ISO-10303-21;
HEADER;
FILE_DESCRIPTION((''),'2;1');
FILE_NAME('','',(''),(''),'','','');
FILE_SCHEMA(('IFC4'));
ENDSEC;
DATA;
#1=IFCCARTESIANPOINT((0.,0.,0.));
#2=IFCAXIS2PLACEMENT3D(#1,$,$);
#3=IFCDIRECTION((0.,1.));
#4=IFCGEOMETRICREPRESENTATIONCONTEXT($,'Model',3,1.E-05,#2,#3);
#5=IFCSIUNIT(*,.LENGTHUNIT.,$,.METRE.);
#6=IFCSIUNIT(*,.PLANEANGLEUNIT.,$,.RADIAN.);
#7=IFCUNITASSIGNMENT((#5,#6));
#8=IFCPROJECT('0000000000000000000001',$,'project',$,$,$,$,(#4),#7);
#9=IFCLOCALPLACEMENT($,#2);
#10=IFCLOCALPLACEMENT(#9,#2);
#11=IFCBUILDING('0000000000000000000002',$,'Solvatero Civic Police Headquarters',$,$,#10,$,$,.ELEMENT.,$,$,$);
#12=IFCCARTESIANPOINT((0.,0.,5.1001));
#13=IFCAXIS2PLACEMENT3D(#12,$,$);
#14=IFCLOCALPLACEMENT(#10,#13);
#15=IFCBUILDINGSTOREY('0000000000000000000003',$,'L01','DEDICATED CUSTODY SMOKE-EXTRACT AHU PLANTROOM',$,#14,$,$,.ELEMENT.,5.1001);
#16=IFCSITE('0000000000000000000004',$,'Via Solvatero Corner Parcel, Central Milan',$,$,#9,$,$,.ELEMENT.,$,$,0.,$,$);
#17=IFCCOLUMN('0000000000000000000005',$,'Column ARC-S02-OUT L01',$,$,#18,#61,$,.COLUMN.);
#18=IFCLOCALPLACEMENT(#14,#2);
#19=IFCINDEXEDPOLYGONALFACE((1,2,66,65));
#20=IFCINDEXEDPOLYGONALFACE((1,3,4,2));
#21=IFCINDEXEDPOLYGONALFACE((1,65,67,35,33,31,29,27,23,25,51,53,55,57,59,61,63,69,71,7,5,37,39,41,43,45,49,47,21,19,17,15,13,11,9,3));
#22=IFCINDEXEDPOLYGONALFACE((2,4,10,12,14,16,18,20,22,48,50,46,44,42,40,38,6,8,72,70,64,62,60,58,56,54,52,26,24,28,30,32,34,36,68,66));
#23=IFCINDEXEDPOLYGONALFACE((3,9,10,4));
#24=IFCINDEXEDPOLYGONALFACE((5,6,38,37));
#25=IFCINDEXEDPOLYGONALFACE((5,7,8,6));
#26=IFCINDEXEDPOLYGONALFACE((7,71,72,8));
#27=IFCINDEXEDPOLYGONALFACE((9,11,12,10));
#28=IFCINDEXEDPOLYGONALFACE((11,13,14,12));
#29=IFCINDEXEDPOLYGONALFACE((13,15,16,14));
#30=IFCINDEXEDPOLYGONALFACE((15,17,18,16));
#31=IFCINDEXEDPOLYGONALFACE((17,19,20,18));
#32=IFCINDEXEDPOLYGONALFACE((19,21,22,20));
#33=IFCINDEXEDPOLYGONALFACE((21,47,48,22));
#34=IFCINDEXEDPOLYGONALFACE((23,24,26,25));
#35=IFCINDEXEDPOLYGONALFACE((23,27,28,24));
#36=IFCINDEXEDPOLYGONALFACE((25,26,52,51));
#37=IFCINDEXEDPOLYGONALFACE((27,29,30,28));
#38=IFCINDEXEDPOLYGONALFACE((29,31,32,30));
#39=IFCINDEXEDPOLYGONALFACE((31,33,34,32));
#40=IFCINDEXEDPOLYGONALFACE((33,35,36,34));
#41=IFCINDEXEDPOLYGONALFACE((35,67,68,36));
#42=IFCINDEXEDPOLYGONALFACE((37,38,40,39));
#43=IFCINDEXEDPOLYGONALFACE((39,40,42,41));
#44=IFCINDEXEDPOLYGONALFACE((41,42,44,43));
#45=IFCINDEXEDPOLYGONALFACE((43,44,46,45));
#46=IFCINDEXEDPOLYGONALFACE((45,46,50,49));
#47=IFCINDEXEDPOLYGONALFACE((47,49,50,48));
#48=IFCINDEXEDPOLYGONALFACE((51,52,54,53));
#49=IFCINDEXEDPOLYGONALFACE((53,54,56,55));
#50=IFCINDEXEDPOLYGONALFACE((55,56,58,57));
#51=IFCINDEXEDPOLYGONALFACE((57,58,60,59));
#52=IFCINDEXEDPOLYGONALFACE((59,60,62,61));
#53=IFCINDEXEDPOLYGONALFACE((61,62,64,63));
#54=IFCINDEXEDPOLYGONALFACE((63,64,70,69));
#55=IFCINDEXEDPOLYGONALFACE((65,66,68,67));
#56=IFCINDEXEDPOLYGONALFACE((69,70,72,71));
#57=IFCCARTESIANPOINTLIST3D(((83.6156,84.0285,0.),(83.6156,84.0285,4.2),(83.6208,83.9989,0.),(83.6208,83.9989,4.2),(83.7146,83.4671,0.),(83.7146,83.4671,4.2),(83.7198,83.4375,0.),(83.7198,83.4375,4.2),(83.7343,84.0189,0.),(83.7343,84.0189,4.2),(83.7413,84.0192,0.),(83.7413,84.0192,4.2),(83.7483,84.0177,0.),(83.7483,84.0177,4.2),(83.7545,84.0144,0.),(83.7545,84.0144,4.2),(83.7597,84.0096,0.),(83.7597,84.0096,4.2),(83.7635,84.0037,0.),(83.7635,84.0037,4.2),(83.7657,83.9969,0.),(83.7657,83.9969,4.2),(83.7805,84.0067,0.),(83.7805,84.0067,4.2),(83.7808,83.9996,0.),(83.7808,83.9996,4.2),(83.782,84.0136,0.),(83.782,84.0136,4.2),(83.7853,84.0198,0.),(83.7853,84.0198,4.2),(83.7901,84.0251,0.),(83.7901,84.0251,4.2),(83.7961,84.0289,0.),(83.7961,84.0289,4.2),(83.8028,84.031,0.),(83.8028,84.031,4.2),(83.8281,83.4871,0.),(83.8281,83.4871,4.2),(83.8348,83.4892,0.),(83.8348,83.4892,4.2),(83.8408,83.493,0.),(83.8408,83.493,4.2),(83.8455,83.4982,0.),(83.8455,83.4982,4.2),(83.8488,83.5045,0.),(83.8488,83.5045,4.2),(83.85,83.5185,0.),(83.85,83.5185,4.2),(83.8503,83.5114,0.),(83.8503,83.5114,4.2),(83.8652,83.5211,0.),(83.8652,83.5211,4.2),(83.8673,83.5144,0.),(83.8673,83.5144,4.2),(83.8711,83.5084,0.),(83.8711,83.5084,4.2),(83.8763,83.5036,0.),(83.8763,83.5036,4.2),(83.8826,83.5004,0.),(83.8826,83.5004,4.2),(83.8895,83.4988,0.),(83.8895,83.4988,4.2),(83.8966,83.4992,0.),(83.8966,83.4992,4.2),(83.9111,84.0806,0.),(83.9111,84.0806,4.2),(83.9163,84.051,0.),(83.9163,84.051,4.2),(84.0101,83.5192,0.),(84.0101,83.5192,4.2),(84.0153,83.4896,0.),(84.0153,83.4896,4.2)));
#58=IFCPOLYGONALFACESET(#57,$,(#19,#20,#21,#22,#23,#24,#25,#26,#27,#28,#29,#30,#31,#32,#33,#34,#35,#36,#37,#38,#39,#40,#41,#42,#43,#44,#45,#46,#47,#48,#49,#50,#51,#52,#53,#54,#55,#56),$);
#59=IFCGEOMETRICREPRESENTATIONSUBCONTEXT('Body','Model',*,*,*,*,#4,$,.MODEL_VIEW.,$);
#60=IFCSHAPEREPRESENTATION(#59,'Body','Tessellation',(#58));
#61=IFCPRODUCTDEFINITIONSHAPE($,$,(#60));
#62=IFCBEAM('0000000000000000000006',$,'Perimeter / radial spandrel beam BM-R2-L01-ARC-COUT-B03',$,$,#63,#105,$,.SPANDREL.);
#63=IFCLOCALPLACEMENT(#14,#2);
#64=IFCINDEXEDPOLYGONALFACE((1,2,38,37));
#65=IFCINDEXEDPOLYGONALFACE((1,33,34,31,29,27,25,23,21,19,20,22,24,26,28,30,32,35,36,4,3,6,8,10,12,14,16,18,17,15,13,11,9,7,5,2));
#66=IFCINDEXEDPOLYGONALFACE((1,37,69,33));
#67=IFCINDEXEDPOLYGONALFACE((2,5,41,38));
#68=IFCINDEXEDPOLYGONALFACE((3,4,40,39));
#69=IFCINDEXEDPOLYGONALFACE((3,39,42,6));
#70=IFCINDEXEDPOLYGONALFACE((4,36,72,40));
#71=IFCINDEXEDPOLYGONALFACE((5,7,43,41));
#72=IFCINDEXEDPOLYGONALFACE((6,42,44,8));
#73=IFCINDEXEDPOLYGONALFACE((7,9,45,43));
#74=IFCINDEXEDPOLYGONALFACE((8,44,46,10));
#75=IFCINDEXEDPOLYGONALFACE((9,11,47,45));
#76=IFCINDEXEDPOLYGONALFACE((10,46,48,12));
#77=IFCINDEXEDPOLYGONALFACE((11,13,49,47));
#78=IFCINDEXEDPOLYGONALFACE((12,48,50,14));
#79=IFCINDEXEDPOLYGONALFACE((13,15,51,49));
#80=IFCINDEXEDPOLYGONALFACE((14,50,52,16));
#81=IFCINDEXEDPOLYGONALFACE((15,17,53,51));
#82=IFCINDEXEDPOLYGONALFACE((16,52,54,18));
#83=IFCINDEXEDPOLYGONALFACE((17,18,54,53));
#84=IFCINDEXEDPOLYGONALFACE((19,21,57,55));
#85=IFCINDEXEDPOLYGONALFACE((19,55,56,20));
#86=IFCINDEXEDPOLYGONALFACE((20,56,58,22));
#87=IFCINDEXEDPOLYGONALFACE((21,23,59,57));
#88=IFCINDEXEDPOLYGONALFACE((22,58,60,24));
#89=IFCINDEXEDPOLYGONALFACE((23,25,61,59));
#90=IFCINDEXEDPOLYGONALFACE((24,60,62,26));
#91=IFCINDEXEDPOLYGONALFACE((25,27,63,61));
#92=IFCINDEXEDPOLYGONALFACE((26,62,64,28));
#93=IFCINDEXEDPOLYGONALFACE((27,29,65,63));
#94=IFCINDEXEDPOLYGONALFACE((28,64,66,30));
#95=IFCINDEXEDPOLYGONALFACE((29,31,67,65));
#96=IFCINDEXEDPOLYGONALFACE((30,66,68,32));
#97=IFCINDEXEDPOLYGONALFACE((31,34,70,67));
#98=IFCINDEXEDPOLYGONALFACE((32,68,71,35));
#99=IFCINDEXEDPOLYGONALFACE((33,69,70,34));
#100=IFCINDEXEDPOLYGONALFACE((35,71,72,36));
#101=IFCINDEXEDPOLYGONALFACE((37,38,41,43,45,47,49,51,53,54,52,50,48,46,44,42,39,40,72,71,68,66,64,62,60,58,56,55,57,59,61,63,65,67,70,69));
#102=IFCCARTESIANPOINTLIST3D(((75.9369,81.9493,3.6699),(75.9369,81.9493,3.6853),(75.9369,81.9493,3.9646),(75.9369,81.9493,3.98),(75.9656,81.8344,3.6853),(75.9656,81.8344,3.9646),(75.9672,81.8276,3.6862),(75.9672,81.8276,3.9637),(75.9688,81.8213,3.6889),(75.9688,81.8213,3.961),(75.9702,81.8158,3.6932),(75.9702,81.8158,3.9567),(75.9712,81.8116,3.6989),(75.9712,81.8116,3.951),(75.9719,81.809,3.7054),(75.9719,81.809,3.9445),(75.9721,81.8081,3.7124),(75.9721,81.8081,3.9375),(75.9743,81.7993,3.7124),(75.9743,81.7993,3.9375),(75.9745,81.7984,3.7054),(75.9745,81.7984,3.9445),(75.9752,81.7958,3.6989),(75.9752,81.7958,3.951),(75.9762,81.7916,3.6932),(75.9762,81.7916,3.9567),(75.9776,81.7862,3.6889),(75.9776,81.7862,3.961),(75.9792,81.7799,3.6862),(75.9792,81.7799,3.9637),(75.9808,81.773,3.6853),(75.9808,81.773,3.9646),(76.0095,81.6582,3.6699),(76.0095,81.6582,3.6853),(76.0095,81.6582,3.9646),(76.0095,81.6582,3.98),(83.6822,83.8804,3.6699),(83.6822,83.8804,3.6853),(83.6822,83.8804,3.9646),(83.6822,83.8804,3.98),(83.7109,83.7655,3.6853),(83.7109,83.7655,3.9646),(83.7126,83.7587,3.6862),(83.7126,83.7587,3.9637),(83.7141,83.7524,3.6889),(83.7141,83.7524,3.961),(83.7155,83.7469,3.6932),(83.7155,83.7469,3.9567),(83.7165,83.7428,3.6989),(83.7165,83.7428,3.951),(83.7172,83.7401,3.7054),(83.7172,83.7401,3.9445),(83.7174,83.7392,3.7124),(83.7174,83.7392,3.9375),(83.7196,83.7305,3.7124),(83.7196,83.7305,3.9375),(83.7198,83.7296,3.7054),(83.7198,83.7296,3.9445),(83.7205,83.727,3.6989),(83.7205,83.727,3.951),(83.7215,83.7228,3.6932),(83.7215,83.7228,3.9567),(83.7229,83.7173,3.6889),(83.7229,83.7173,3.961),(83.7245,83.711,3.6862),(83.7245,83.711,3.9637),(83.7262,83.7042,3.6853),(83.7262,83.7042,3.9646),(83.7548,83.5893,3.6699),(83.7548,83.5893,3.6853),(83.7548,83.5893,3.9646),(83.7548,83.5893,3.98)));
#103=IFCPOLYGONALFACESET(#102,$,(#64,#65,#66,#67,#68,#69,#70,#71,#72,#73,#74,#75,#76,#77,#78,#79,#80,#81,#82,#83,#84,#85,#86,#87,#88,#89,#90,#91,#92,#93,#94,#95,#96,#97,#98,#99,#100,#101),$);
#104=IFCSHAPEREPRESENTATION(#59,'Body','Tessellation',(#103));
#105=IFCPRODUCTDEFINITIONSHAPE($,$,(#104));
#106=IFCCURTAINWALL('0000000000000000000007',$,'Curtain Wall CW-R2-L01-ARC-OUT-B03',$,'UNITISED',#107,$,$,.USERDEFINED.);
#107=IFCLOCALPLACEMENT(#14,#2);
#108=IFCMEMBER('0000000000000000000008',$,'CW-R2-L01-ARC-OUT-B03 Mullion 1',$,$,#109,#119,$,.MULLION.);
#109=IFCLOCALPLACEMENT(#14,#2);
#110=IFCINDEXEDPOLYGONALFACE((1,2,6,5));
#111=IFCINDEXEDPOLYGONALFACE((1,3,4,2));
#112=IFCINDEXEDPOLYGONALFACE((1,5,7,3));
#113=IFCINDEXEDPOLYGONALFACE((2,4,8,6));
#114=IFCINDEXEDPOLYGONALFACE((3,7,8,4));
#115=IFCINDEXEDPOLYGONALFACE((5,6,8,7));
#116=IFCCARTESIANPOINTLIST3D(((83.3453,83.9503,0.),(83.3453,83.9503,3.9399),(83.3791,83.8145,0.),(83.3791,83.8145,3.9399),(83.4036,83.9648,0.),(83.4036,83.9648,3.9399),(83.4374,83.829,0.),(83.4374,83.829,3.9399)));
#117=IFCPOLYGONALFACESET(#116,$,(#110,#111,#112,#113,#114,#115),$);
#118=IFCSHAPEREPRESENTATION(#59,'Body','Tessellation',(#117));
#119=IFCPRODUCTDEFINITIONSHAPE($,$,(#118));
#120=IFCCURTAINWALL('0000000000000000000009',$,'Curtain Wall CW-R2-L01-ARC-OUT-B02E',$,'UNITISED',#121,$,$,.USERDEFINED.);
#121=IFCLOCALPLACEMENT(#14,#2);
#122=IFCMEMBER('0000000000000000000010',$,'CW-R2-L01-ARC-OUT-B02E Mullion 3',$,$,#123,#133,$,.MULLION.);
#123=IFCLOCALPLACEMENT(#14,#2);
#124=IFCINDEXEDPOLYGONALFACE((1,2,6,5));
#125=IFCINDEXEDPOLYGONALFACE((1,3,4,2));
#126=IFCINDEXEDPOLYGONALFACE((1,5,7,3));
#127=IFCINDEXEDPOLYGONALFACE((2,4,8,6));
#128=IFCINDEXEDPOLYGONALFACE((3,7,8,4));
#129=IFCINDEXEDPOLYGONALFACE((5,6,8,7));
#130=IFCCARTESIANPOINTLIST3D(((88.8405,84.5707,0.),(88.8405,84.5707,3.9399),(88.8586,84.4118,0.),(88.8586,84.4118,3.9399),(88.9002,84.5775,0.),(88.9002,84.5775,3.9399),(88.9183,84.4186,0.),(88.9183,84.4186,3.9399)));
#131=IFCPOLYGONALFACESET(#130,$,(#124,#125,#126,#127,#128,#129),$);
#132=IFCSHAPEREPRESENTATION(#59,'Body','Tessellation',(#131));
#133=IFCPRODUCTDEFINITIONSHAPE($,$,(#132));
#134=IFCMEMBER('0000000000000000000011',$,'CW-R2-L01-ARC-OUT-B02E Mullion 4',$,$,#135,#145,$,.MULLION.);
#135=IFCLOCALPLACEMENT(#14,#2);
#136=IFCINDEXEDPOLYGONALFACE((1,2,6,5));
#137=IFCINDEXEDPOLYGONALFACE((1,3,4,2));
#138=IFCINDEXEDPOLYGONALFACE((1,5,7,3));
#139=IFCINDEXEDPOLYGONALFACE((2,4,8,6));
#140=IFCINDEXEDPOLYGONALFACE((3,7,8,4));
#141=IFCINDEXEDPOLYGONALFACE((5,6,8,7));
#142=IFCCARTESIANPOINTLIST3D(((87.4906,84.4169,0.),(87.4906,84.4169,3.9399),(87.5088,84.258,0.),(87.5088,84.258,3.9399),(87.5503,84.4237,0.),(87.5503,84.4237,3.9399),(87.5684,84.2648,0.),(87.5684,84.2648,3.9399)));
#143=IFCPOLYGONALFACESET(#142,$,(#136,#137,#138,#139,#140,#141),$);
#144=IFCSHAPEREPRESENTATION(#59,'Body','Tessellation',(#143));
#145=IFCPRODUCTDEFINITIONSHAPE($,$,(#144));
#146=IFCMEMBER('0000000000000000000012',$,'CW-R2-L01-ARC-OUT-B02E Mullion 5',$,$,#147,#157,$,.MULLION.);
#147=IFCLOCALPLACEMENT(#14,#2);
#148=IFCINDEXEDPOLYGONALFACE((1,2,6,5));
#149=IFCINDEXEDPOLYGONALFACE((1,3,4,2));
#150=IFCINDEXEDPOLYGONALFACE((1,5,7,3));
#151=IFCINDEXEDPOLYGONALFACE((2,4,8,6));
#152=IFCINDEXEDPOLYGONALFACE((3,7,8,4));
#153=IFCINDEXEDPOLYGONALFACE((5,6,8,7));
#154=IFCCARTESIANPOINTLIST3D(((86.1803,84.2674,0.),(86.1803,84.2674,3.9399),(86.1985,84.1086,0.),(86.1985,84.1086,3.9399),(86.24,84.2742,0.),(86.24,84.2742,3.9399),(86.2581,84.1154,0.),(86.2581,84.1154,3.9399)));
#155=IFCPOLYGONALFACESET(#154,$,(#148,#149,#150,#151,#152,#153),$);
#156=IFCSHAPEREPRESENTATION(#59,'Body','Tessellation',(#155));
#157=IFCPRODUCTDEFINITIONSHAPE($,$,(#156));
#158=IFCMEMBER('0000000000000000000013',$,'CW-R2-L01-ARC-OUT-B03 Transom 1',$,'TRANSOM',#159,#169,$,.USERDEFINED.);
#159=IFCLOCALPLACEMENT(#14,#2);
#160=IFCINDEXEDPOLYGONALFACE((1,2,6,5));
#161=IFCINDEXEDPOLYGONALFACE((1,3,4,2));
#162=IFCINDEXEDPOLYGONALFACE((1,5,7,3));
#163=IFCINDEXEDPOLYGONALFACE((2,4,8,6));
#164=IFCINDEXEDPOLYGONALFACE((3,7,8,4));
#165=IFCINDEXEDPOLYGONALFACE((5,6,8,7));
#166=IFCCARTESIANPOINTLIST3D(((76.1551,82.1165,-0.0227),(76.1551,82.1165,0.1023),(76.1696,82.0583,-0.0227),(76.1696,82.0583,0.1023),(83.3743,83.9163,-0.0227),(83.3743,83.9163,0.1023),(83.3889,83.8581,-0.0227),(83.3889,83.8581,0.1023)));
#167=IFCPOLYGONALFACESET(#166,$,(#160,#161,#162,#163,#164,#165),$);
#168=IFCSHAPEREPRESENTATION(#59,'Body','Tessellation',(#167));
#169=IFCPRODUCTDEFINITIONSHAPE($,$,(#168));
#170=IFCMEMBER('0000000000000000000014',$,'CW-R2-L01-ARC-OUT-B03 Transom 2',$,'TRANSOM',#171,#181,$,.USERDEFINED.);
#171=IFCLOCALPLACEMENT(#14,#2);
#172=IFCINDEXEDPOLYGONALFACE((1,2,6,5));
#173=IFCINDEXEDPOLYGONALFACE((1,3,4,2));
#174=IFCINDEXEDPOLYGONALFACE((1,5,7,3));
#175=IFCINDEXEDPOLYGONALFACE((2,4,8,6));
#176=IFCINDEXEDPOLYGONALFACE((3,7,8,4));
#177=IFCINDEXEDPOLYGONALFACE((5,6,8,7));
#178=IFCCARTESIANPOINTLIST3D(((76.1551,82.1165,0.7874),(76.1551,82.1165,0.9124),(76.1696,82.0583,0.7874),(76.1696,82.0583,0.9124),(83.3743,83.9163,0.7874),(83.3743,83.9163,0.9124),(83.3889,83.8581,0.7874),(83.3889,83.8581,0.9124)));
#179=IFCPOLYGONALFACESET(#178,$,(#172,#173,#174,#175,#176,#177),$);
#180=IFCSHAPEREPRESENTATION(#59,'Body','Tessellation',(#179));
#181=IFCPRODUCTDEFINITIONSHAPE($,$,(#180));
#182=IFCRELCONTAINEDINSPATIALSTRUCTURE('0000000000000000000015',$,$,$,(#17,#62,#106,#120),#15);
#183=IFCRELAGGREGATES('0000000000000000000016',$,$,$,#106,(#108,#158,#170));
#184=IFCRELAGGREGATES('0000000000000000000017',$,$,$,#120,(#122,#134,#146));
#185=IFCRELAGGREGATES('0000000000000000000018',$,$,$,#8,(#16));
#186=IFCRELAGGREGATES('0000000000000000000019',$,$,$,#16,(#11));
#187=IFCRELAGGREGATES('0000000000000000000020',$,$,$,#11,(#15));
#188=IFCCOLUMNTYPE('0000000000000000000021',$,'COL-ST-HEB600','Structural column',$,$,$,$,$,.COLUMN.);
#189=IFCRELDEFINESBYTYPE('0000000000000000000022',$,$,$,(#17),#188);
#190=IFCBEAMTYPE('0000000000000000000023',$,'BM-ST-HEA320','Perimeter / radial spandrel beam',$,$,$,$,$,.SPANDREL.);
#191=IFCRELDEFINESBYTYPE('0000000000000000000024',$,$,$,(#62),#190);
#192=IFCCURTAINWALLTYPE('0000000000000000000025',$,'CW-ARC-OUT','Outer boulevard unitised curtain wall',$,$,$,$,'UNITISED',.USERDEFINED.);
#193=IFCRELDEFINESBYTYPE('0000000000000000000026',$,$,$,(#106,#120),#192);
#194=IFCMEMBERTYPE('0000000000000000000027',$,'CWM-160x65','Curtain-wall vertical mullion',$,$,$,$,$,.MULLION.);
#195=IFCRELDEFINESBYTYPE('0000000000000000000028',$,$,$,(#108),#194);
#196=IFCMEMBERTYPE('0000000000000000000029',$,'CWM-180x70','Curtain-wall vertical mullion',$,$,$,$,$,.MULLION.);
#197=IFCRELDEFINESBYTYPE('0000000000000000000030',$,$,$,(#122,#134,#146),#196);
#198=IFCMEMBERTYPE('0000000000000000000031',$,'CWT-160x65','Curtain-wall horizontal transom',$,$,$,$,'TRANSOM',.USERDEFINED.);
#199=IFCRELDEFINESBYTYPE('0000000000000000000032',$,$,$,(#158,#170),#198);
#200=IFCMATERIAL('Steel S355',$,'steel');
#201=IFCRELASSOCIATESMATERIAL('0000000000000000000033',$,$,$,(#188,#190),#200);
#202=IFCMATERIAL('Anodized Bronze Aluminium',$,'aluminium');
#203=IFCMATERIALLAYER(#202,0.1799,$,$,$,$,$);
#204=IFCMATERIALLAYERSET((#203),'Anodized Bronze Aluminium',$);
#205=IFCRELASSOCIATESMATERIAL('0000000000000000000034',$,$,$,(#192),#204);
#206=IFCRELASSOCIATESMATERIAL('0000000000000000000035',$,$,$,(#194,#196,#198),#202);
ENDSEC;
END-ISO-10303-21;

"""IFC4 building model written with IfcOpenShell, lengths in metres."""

from ifc_helpers import new_model, si_unit, direction, frame, origin, origin_2d, place, context, subcontext, project, spatial, rectangle, i_section, extrude, material, layer, layer_set, material_profile, profile_set, type_object, element, aggregate, save


model = new_model("IFC4")

# Units and contexts
model_context = context("Model", 3, precision=1e-05, world=origin(), true_north=direction((0.0, 1.0)))
body_context = subcontext(model_context, "Body", "Model", "MODEL_VIEW")
ifc_project = project(units=[si_unit("LENGTHUNIT", "METRE"), si_unit("PLANEANGLEUNIT", "RADIAN")], contexts=[model_context])

# Site, building, storey
site_placement = place(None, origin())
site = spatial("IfcSite", under=ifc_project, at=site_placement, Name="Via Solvatero Corner Parcel, Central Milan", CompositionType="ELEMENT", RefElevation=0.0)
building_placement = place(site_placement, origin())
building = spatial("IfcBuilding", under=site, at=building_placement, Name="Solvatero Civic Police Headquarters", CompositionType="ELEMENT")
storey_placement = place(building_placement, frame((0.0, 0.0, 5.1001)))
storey = spatial("IfcBuildingStorey", under=building, at=storey_placement, Name="L01", Description="DEDICATED CUSTODY SMOKE-EXTRACT AHU PLANTROOM", CompositionType="ELEMENT", Elevation=5.1001)

# Column
ifc_material_1 = material(Name="Steel S355", Category="steel")
ifc_material_profile_1 = material_profile(ifc_material_1, i_section(OverallWidth=0.3, OverallDepth=0.6001, WebThickness=0.0154, FlangeThickness=0.03, FilletRadius=0.0271, at=origin_2d()), Name="HEB 600")
ifc_profile_set_1 = profile_set([ifc_material_profile_1], Name="Steel S355")
column_type = type_object("IfcColumnType", Name="COL-ST-HEB600", Description="Structural column", PredefinedType="COLUMN", material=ifc_profile_set_1)
column_placement = place(storey_placement, frame((83.8154, 83.759, 0.0), z_axis=(0.0, 0.0, 1.0), x_axis=(0.984808, 0.173648, 0.0)))
element("IfcColumn", 1, at=column_placement, inside=storey, type_object=column_type, Name="Column ARC-S02-OUT L01", PredefinedType="COLUMN", context=body_context, shape_type="SweptSolid", body=[
    extrude(i_section(OverallWidth=0.3, OverallDepth=0.6001, WebThickness=0.0154, FlangeThickness=0.03, FilletRadius=0.0271, at=origin_2d()), origin(), (0.0, 0.0, 1.0), 4.2),
])

# Beam
ifc_material_profile_2 = material_profile(ifc_material_1, i_section(OverallWidth=0.3, OverallDepth=0.3101, WebThickness=0.009, FlangeThickness=0.0154, FilletRadius=0.0271, at=origin_2d()), Name="HEA 320")
ifc_profile_set_2 = profile_set([ifc_material_profile_2], Name="Steel S355")
beam_type = type_object("IfcBeamType", Name="BM-ST-HEA320", Description="Perimeter / radial spandrel beam", PredefinedType="SPANDREL", material=ifc_profile_set_2)
beam_placement = place(storey_placement, frame((83.7185, 83.7349, 3.825), z_axis=(-0.970295, -0.241924, 0.0), x_axis=(0.241924, -0.970295, 0.0)))
element("IfcBeam", 2, at=beam_placement, inside=storey, type_object=beam_type, Name="Perimeter / radial spandrel beam BM-R2-L01-ARC-COUT-B03", PredefinedType="SPANDREL", context=body_context, shape_type="SweptSolid", body=[
    extrude(i_section(OverallWidth=0.3, OverallDepth=0.3101, WebThickness=0.009, FlangeThickness=0.0154, FilletRadius=0.0271, at=origin_2d()), origin(), (0.0, 0.0, 1.0), 7.9824),
])

# Curtain wall, member
ifc_material_2 = material(Name="Anodized Bronze Aluminium", Category="aluminium")
ifc_layer_1 = layer(ifc_material_2, 0.1799)
ifc_layer_set_1 = layer_set([ifc_layer_1], Name="Anodized Bronze Aluminium")
curtain_wall_type = type_object("IfcCurtainWallType", Name="CW-ARC-OUT", Description="Outer boulevard unitised curtain wall", ElementType="UNITISED", PredefinedType="USERDEFINED", material=ifc_layer_set_1)
curtain_wall_1_placement = place(storey_placement, origin())
curtain_wall_1 = element("IfcCurtainWall", 3, at=curtain_wall_1_placement, inside=storey, type_object=curtain_wall_type, Name="Curtain Wall CW-R2-L01-ARC-OUT-B03", ObjectType="UNITISED", PredefinedType="USERDEFINED")
ifc_material_profile_3 = material_profile(ifc_material_2, rectangle(XDim=0.0601, YDim=0.1399, at=origin_2d()), Name="ALU MULLION 60x140")
ifc_profile_set_3 = profile_set([ifc_material_profile_3], Name="Anodized Bronze Aluminium")
member_type_1 = type_object("IfcMemberType", Name="CWM-160x65", Description="Curtain-wall vertical mullion", PredefinedType="MULLION", material=ifc_profile_set_3)
member_1_placement = place(storey_placement, frame((83.3914, 83.8896, 0.0), z_axis=(0.0, 0.0, 1.0), x_axis=(-0.970296, -0.241922, 0.0)))
member_1 = element("IfcMember", 4, at=member_1_placement, type_object=member_type_1, Name="CW-R2-L01-ARC-OUT-B03 Mullion 1", PredefinedType="MULLION", context=body_context, shape_type="SweptSolid", body=[
    extrude(rectangle(XDim=0.0601, YDim=0.1399, at=origin_2d()), origin(), (0.0, 0.0, 1.0), 3.9399),
])

# Curtain wall, members
curtain_wall_2_placement = place(storey_placement, origin())
curtain_wall_2 = element("IfcCurtainWall", 5, at=curtain_wall_2_placement, inside=storey, type_object=curtain_wall_type, Name="Curtain Wall CW-R2-L01-ARC-OUT-B02E", ObjectType="UNITISED", PredefinedType="USERDEFINED")
ifc_material_profile_4 = material_profile(ifc_material_2, rectangle(XDim=0.0601, YDim=0.1599, at=origin_2d()), Name="ALU MULLION 60x160")
ifc_profile_set_4 = profile_set([ifc_material_profile_4], Name="Anodized Bronze Aluminium")
member_type_2 = type_object("IfcMemberType", Name="CWM-180x70", Description="Curtain-wall vertical mullion", PredefinedType="MULLION", material=ifc_profile_set_4)
member_2_placement = place(storey_placement, frame((88.8794, 84.4946, 0.0), z_axis=(0.0, 0.0, 1.0), x_axis=(-0.993564, -0.113273, 0.0)))
member_2 = element("IfcMember", 6, at=member_2_placement, type_object=member_type_2, Name="CW-R2-L01-ARC-OUT-B02E Mullion 3", PredefinedType="MULLION", context=body_context, shape_type="SweptSolid", body=[
    extrude(rectangle(XDim=0.0601, YDim=0.1599, at=origin_2d()), origin(), (0.0, 0.0, 1.0), 3.9399),
])
member_3_placement = place(storey_placement, frame((87.5295, 84.3408, 0.0), z_axis=(0.0, 0.0, 1.0), x_axis=(-0.993564, -0.113273, 0.0)))
member_3 = element("IfcMember", 7, at=member_3_placement, type_object=member_type_2, Name="CW-R2-L01-ARC-OUT-B02E Mullion 4", PredefinedType="MULLION", context=body_context, shape_type="SweptSolid", body=[
    extrude(rectangle(XDim=0.0601, YDim=0.1599, at=origin_2d()), origin(), (0.0, 0.0, 1.0), 3.9399),
])
member_4_placement = place(storey_placement, frame((86.2192, 84.1914, 0.0), z_axis=(0.0, 0.0, 1.0), x_axis=(-0.993564, -0.113273, 0.0)))
member_4 = element("IfcMember", 8, at=member_4_placement, type_object=member_type_2, Name="CW-R2-L01-ARC-OUT-B02E Mullion 5", PredefinedType="MULLION", context=body_context, shape_type="SweptSolid", body=[
    extrude(rectangle(XDim=0.0601, YDim=0.1599, at=origin_2d()), origin(), (0.0, 0.0, 1.0), 3.9399),
])

# Members
ifc_material_profile_5 = material_profile(ifc_material_2, rectangle(XDim=0.0601, YDim=0.125, at=origin_2d()), Name="ALU TRANSOM 60x125")
ifc_profile_set_5 = profile_set([ifc_material_profile_5], Name="Anodized Bronze Aluminium")
member_type_3 = type_object("IfcMemberType", Name="CWT-160x65", Description="Curtain-wall horizontal transom", ElementType="TRANSOM", PredefinedType="USERDEFINED", material=ifc_profile_set_5)
member_5_placement = place(storey_placement, frame((83.3816, 83.8872, 0.0398), z_axis=(-0.970301, -0.241902, 0.0), x_axis=(0.241902, -0.970301, 0.0)))
member_5 = element("IfcMember", 9, at=member_5_placement, type_object=member_type_3, Name="CW-R2-L01-ARC-OUT-B03 Transom 1", ObjectType="TRANSOM", PredefinedType="USERDEFINED", context=body_context, shape_type="SweptSolid", body=[
    extrude(rectangle(XDim=0.0601, YDim=0.125, at=origin_2d()), origin(), (0.0, 0.0, 1.0), 7.4402),
])
member_6_placement = place(storey_placement, frame((83.3816, 83.8872, 0.8499), z_axis=(-0.970301, -0.241902, 0.0), x_axis=(0.241902, -0.970301, 0.0)))
member_6 = element("IfcMember", 10, at=member_6_placement, type_object=member_type_3, Name="CW-R2-L01-ARC-OUT-B03 Transom 2", ObjectType="TRANSOM", PredefinedType="USERDEFINED", context=body_context, shape_type="SweptSolid", body=[
    extrude(rectangle(XDim=0.0601, YDim=0.125, at=origin_2d()), origin(), (0.0, 0.0, 1.0), 7.4402),
])

aggregate(curtain_wall_1, [member_1, member_5, member_6])
aggregate(curtain_wall_2, [member_2, member_3, member_4])

save(model, "model.ifc")
